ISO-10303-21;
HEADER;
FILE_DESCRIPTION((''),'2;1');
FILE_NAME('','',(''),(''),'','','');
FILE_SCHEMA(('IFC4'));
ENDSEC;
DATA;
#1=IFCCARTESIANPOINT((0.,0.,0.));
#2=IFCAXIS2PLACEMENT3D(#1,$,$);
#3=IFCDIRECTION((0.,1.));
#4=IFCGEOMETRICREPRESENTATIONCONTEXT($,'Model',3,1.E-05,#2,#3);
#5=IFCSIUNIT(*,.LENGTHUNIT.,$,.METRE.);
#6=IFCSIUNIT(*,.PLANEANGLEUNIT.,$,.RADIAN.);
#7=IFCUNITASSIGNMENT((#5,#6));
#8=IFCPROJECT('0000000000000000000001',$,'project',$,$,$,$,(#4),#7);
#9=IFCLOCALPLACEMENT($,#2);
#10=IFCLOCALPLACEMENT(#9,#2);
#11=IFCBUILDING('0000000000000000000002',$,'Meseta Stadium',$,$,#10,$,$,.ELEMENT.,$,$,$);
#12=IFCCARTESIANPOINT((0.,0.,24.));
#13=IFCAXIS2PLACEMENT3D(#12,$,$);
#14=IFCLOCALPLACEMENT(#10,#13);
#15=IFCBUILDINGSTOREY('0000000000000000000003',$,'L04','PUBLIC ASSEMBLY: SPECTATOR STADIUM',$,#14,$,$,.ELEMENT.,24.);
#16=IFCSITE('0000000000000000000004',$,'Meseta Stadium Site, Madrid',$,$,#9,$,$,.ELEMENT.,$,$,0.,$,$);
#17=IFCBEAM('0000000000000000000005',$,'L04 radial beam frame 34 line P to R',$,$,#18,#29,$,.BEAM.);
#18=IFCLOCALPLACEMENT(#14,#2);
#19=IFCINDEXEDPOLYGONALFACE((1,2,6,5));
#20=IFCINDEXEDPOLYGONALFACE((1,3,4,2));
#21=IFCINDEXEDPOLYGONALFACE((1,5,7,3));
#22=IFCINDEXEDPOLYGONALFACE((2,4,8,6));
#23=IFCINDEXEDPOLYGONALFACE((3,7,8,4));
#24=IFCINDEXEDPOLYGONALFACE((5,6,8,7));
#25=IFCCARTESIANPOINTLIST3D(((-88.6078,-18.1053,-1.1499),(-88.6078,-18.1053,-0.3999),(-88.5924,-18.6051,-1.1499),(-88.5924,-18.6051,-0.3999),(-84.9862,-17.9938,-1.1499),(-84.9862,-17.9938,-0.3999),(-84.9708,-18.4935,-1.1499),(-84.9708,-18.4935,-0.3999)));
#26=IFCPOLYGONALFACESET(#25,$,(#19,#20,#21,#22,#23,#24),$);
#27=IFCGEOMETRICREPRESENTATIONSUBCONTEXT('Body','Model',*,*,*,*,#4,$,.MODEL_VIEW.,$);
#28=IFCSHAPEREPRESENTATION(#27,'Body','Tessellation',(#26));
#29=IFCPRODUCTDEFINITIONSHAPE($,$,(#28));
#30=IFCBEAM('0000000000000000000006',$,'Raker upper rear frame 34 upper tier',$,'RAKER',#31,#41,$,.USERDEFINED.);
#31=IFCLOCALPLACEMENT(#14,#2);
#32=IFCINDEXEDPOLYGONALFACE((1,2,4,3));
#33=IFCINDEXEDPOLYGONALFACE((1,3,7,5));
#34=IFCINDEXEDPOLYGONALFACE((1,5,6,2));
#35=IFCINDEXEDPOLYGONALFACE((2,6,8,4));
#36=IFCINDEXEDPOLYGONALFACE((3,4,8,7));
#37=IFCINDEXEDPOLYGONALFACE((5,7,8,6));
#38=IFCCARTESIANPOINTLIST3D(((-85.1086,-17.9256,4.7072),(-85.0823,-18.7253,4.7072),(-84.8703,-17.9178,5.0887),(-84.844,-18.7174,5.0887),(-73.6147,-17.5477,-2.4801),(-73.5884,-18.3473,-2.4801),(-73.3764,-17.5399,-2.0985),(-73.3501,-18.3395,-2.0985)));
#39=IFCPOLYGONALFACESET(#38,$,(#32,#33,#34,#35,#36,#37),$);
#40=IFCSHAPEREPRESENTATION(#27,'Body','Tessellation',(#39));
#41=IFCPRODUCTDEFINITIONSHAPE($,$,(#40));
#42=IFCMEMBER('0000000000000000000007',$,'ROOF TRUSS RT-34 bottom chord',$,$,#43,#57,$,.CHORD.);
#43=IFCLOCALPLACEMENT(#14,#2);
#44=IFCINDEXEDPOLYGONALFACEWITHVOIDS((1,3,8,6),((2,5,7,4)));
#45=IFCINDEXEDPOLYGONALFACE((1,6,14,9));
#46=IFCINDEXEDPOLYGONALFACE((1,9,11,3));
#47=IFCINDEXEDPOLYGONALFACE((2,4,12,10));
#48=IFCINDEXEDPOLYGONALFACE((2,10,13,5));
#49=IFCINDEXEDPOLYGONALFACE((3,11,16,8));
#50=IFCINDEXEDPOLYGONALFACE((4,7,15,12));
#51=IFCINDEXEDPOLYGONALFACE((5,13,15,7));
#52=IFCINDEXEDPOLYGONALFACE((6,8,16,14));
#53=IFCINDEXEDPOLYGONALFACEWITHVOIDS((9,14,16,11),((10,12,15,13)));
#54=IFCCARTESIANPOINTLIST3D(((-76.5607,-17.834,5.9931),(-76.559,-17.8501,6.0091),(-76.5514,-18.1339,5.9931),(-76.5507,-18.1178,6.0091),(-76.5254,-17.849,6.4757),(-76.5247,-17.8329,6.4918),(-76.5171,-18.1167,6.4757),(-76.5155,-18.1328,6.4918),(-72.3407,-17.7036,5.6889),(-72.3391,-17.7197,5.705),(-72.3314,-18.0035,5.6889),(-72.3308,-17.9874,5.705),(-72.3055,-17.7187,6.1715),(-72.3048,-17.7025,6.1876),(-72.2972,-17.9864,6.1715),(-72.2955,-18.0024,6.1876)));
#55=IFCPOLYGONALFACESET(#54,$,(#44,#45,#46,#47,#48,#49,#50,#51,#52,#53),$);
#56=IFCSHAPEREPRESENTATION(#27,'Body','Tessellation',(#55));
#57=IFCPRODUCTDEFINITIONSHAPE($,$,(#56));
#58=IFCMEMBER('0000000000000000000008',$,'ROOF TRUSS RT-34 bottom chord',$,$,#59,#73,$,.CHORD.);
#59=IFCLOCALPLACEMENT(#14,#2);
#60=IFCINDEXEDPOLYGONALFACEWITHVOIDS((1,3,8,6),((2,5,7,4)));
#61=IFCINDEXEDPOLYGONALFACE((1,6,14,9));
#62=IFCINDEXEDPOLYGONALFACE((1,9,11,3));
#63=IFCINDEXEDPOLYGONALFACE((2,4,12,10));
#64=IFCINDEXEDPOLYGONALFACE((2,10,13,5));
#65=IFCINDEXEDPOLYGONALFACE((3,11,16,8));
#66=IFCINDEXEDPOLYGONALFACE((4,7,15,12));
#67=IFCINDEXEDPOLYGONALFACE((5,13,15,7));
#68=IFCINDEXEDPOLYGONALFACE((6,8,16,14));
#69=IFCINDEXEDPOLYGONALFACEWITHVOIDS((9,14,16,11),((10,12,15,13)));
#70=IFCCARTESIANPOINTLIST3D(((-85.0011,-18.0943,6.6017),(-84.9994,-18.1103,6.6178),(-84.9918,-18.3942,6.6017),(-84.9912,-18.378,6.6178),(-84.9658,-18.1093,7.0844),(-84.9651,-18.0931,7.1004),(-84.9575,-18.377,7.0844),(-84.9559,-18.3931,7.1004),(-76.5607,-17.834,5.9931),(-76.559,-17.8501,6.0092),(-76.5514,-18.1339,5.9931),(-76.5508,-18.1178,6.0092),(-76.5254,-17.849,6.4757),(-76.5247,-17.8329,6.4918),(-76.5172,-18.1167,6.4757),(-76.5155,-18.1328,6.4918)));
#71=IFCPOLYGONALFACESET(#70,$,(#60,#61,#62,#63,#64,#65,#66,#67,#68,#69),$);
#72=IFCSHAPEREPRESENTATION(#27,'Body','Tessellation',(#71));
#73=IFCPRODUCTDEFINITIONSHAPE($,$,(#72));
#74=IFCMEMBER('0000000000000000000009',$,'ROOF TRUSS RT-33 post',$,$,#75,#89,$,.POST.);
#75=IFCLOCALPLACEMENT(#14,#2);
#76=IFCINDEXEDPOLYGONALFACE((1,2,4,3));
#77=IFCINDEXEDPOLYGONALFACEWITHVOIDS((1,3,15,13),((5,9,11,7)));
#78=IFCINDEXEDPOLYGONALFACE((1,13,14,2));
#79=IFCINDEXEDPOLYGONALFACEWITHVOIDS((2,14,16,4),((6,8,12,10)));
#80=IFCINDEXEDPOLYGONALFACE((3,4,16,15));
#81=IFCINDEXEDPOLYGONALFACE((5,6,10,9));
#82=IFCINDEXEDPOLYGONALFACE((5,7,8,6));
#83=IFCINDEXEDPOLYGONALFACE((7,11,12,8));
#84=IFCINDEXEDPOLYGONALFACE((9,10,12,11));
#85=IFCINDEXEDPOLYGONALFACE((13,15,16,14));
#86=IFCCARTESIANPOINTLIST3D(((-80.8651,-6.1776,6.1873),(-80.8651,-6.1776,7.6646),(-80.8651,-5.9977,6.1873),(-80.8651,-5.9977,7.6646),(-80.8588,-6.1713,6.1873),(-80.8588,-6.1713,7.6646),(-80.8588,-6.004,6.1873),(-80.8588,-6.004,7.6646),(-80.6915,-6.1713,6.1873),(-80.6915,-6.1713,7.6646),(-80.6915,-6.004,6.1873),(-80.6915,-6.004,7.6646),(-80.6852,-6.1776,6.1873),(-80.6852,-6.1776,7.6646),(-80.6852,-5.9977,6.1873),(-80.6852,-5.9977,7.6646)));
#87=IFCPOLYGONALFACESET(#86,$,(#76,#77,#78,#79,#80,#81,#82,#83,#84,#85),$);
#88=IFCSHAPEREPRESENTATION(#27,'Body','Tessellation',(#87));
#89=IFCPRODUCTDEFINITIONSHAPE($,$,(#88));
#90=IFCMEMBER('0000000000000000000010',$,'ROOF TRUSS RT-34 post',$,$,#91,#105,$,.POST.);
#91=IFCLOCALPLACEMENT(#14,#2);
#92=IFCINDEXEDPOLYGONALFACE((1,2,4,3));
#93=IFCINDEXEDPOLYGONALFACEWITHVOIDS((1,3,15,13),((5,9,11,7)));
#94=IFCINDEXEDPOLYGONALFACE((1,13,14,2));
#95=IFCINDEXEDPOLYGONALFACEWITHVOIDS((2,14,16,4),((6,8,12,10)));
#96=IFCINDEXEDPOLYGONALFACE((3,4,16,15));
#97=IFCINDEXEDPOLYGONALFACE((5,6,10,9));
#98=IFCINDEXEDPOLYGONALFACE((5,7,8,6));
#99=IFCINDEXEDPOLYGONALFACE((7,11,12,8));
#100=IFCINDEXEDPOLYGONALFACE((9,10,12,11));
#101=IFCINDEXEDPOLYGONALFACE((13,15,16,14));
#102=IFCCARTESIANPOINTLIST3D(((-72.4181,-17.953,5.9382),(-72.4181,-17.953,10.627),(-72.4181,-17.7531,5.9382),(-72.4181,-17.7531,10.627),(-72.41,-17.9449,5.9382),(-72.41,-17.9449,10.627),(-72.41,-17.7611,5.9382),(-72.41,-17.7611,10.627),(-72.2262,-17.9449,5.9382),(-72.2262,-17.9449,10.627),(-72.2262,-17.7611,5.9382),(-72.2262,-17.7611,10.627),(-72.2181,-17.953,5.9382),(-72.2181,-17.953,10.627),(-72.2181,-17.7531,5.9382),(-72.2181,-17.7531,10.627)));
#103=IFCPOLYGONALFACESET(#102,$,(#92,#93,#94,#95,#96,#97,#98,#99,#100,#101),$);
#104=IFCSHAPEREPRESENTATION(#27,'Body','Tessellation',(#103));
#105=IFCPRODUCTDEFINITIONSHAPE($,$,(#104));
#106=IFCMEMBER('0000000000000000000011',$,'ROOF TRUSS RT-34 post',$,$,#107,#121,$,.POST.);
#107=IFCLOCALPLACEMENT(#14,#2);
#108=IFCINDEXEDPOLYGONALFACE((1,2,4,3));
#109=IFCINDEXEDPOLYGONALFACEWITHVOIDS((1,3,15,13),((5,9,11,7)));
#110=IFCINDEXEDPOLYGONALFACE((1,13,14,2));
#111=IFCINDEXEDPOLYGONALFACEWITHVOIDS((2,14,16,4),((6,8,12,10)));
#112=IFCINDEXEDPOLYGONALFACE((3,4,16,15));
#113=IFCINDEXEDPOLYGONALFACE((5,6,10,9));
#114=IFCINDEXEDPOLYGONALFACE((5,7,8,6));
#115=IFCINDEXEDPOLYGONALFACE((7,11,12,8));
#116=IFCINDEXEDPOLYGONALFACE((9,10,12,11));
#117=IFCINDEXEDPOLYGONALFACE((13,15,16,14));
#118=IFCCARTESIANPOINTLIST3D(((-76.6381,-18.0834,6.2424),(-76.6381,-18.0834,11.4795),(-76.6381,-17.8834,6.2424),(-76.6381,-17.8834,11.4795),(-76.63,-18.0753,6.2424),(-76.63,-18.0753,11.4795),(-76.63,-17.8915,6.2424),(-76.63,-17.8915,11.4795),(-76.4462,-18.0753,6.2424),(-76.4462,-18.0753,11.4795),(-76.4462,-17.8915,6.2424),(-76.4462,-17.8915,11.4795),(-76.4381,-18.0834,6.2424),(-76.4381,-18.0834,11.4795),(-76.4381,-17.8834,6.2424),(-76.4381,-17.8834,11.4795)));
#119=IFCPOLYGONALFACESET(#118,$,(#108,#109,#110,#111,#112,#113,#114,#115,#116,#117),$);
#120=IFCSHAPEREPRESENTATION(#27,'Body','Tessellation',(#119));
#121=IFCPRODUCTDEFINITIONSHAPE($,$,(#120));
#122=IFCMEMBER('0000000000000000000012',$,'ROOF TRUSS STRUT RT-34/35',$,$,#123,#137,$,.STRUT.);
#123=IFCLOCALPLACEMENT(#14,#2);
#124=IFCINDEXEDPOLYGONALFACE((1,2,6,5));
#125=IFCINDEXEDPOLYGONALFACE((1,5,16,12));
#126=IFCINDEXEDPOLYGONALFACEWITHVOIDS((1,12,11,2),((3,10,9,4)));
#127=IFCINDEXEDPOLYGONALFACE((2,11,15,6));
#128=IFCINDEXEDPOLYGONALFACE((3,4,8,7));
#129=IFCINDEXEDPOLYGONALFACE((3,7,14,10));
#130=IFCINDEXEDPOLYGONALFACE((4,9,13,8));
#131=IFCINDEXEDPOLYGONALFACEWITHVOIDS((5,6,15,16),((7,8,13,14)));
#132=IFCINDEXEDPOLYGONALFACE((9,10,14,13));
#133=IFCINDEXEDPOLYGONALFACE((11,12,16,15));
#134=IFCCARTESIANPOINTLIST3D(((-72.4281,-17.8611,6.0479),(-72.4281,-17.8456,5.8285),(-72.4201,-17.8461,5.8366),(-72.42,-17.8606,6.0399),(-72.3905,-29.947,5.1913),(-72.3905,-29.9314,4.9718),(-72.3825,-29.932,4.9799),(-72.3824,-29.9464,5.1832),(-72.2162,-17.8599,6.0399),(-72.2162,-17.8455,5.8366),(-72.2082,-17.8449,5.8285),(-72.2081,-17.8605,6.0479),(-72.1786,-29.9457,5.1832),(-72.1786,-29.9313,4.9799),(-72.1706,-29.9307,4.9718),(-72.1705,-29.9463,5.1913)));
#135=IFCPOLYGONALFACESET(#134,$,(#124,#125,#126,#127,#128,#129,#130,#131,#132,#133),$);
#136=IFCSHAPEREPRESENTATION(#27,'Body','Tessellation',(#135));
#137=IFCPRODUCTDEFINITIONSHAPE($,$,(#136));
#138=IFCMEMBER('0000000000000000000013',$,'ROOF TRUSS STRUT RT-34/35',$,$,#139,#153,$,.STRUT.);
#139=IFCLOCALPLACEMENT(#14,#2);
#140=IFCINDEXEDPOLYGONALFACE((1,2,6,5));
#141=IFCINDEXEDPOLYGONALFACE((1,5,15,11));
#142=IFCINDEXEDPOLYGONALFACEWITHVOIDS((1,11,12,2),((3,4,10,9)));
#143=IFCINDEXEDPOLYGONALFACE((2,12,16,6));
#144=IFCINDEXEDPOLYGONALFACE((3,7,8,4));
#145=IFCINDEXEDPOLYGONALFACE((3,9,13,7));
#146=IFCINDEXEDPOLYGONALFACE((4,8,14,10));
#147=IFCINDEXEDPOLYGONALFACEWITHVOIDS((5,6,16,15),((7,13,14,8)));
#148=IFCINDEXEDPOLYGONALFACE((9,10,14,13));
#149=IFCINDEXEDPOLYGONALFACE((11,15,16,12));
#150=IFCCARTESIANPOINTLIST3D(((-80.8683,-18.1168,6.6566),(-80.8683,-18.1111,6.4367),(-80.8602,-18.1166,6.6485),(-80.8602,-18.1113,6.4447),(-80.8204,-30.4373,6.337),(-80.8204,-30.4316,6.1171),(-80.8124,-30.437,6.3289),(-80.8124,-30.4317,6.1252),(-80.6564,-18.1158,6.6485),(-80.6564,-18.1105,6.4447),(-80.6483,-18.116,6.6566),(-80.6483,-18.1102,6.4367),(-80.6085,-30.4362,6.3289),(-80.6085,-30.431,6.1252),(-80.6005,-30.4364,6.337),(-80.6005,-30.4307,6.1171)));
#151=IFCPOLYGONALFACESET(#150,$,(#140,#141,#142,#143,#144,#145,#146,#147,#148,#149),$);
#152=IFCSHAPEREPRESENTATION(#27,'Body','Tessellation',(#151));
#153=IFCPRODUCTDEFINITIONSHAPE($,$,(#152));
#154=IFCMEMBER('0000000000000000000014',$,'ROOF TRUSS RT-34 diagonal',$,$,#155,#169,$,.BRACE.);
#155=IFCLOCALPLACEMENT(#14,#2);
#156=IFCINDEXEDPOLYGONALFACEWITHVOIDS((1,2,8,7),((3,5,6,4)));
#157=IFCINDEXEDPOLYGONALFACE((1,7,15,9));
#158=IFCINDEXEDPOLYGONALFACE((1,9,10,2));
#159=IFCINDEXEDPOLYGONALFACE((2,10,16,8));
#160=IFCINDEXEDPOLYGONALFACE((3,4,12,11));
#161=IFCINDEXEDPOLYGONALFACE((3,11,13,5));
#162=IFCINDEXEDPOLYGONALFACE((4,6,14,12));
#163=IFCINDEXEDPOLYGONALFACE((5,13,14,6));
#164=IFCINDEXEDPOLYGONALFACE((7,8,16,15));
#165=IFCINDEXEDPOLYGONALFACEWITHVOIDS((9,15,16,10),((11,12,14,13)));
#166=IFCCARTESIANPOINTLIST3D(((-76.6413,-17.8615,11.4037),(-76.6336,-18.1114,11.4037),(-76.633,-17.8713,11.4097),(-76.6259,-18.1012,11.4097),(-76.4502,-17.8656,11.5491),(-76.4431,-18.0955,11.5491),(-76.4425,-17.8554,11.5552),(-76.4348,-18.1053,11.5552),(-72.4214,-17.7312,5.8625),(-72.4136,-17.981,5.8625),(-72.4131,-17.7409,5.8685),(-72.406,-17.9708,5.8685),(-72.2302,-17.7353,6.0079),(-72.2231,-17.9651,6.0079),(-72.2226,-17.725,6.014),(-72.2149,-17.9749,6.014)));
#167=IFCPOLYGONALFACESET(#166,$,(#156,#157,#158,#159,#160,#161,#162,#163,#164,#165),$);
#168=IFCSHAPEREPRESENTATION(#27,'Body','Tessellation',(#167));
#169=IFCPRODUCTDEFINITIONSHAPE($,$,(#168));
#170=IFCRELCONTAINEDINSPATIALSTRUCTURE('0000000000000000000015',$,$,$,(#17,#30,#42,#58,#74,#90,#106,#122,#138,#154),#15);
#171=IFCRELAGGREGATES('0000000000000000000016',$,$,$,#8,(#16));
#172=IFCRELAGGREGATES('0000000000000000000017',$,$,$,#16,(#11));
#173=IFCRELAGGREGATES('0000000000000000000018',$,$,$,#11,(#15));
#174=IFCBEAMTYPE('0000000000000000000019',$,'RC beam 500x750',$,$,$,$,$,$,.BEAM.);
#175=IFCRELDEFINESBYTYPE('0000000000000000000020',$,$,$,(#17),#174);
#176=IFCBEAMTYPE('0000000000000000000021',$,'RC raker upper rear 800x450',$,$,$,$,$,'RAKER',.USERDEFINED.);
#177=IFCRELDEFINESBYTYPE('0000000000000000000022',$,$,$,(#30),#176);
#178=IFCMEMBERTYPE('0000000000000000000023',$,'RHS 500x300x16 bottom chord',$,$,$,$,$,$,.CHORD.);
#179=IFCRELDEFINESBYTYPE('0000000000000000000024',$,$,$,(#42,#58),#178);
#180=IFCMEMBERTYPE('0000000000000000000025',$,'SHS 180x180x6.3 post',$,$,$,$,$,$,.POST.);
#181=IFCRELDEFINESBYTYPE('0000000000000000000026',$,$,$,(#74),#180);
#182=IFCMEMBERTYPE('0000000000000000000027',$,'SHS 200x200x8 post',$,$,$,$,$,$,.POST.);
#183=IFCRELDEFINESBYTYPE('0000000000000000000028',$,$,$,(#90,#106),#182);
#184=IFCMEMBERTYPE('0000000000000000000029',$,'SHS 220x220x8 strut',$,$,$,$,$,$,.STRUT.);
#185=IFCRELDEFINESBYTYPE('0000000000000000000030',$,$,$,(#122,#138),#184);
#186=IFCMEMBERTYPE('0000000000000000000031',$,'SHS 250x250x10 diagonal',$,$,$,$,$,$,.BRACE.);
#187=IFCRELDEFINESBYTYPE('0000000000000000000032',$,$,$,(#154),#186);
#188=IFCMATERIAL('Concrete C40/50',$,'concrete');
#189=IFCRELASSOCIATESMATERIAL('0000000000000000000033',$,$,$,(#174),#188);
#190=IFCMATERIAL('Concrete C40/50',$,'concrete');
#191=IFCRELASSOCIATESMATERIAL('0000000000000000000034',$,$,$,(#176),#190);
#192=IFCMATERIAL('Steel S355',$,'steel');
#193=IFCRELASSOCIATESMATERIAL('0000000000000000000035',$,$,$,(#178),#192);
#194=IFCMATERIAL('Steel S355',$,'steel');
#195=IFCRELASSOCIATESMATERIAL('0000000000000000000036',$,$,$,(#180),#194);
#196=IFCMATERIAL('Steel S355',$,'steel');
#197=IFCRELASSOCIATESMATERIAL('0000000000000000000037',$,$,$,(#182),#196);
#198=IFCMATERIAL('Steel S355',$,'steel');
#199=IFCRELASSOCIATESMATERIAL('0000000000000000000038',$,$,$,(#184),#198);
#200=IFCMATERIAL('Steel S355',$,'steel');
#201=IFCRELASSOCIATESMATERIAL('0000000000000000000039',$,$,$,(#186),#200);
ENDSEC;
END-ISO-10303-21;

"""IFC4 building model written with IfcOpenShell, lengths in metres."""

from ifc_helpers import new_model, si_unit, direction, frame, origin, origin_2d, place, context, subcontext, project, spatial, rectangle, hollow_rectangle, extrude, material, material_profile, profile_set, type_object, element, save


model = new_model("IFC4")

# Units and contexts
model_context = context("Model", 3, precision=1e-05, world=origin(), true_north=direction((0.0, 1.0)))
body_context = subcontext(model_context, "Body", "Model", "MODEL_VIEW")
ifc_project = project(units=[si_unit("LENGTHUNIT", "METRE"), si_unit("PLANEANGLEUNIT", "RADIAN")], contexts=[model_context])

# Site, building, storey
site_placement = place(None, origin())
site = spatial("IfcSite", under=ifc_project, at=site_placement, Name="Meseta Stadium Site, Madrid", CompositionType="ELEMENT", RefElevation=0.0)
building_placement = place(site_placement, origin())
building = spatial("IfcBuilding", under=site, at=building_placement, Name="Meseta Stadium", CompositionType="ELEMENT")
storey_placement = place(building_placement, frame((0.0, 0.0, 24.0)))
storey = spatial("IfcBuildingStorey", under=building, at=storey_placement, Name="L04", Description="PUBLIC ASSEMBLY: SPECTATOR STADIUM", CompositionType="ELEMENT", Elevation=24.0)

# Beams
ifc_material_1 = material(Name="Concrete C40/50", Category="concrete")
ifc_material_profile_1 = material_profile(ifc_material_1, rectangle(XDim=0.5, YDim=0.75, at=origin_2d()), Name="RC 500x750")
ifc_profile_set_1 = profile_set([ifc_material_profile_1], Name="Concrete C40/50")
beam_type_1 = type_object("IfcBeamType", Name="RC beam 500x750", PredefinedType="BEAM", material=ifc_profile_set_1)
beam_1_placement = place(storey_placement, frame((-84.9785, -18.2437, -0.7749), z_axis=(-0.999526, -0.030793, 0.0), x_axis=(0.030793, -0.999526, 0.0)))
element("IfcBeam", 1, at=beam_1_placement, inside=storey, type_object=beam_type_1, Name="L04 radial beam frame 34 line P to R", PredefinedType="BEAM", context=body_context, shape_type="SweptSolid", body=[
    extrude(rectangle(XDim=0.5, YDim=0.75, at=origin_2d()), origin(), (0.0, 0.0, 1.0), 3.6233),
])
ifc_material_2 = material(Name="Concrete C40/50", Category="concrete")
ifc_material_profile_2 = material_profile(ifc_material_2, rectangle(XDim=0.8, YDim=0.45, at=origin_2d()), Name="RC 800x450")
ifc_profile_set_2 = profile_set([ifc_material_profile_2], Name="Concrete C40/50")
beam_type_2 = type_object("IfcBeamType", Name="RC raker upper rear 800x450", ElementType="RAKER", PredefinedType="USERDEFINED", material=ifc_profile_set_2)
beam_2_placement = place(storey_placement, frame((-73.4824, -17.9436, -2.2893), z_axis=(-0.847551, -0.027868, 0.529982), x_axis=(0.032863, -0.99946, 0.0)))
element("IfcBeam", 2, at=beam_2_placement, inside=storey, type_object=beam_type_2, Name="Raker upper rear frame 34 upper tier", ObjectType="RAKER", PredefinedType="USERDEFINED", context=body_context, shape_type="SweptSolid", body=[
    extrude(rectangle(XDim=0.8, YDim=0.45, at=origin_2d()), origin(), (0.0, 0.0, 1.0), 13.5613),
])

# Members
ifc_material_3 = material(Name="Steel S355", Category="steel")
ifc_material_profile_3 = material_profile(ifc_material_3, hollow_rectangle(XDim=0.3, YDim=0.5, WallThickness=0.0161, at=origin_2d()), Name="RHS 500x300x16")
ifc_profile_set_3 = profile_set([ifc_material_profile_3], Name="Steel S355")
member_type_1 = type_object("IfcMemberType", Name="RHS 500x300x16 bottom chord", PredefinedType="CHORD", material=ifc_profile_set_3)
member_1_placement = place(storey_placement, frame((-72.3181, -17.853, 5.9382), z_axis=(-0.996939, -0.030799, 0.071865), x_axis=(0.030879, -0.999523, 0.0)))
element("IfcMember", 3, at=member_1_placement, inside=storey, type_object=member_type_1, Name="ROOF TRUSS RT-34 bottom chord", PredefinedType="CHORD", context=body_context, shape_type="SweptSolid", body=[
    extrude(hollow_rectangle(XDim=0.3, YDim=0.5, WallThickness=0.0161, at=origin_2d()), origin(), (0.0, 0.0, 1.0), 4.2329),
])
member_2_placement = place(storey_placement, frame((-76.5381, -17.9834, 6.2424), z_axis=(-0.996939, -0.03074, 0.07189), x_axis=(0.03082, -0.999525, 0.0)))
element("IfcMember", 4, at=member_2_placement, inside=storey, type_object=member_type_1, Name="ROOF TRUSS RT-34 bottom chord", PredefinedType="CHORD", context=body_context, shape_type="SweptSolid", body=[
    extrude(hollow_rectangle(XDim=0.3, YDim=0.5, WallThickness=0.0161, at=origin_2d()), origin(), (0.0, 0.0, 1.0), 8.4663),
])
ifc_material_4 = material(Name="Steel S355", Category="steel")
ifc_material_profile_4 = material_profile(ifc_material_4, hollow_rectangle(XDim=0.1799, YDim=0.1799, WallThickness=0.0063, at=origin_2d()), Name="SHS 180x180x6.3")
ifc_profile_set_4 = profile_set([ifc_material_profile_4], Name="Steel S355")
member_type_2 = type_object("IfcMemberType", Name="SHS 180x180x6.3 post", PredefinedType="POST", material=ifc_profile_set_4)
member_3_placement = place(storey_placement, frame((-80.7751, -6.0876, 6.1873), z_axis=(0.0, 0.0, 1.0), x_axis=(1.0, 0.0, 0.0)))
element("IfcMember", 5, at=member_3_placement, inside=storey, type_object=member_type_2, Name="ROOF TRUSS RT-33 post", PredefinedType="POST", context=body_context, shape_type="SweptSolid", body=[
    extrude(hollow_rectangle(XDim=0.1799, YDim=0.1799, WallThickness=0.0063, at=origin_2d()), origin(), (0.0, 0.0, 1.0), 1.4773),
])
ifc_material_5 = material(Name="Steel S355", Category="steel")
ifc_material_profile_5 = material_profile(ifc_material_5, hollow_rectangle(XDim=0.2, YDim=0.2, WallThickness=0.0081, at=origin_2d()), Name="SHS 200x200x8")
ifc_profile_set_5 = profile_set([ifc_material_profile_5], Name="Steel S355")
member_type_3 = type_object("IfcMemberType", Name="SHS 200x200x8 post", PredefinedType="POST", material=ifc_profile_set_5)
member_4_placement = place(storey_placement, frame((-72.3181, -17.853, 5.9382), z_axis=(0.0, 0.0, 1.0), x_axis=(1.0, 0.0, 0.0)))
element("IfcMember", 6, at=member_4_placement, inside=storey, type_object=member_type_3, Name="ROOF TRUSS RT-34 post", PredefinedType="POST", context=body_context, shape_type="SweptSolid", body=[
    extrude(hollow_rectangle(XDim=0.2, YDim=0.2, WallThickness=0.0081, at=origin_2d()), origin(), (0.0, 0.0, 1.0), 4.6887),
])
member_5_placement = place(storey_placement, frame((-76.5381, -17.9834, 6.2424), z_axis=(0.0, 0.0, 1.0), x_axis=(1.0, 0.0, 0.0)))
element("IfcMember", 7, at=member_5_placement, inside=storey, type_object=member_type_3, Name="ROOF TRUSS RT-34 post", PredefinedType="POST", context=body_context, shape_type="SweptSolid", body=[
    extrude(hollow_rectangle(XDim=0.2, YDim=0.2, WallThickness=0.0081, at=origin_2d()), origin(), (0.0, 0.0, 1.0), 5.2371),
])
ifc_material_6 = material(Name="Steel S355", Category="steel")
ifc_material_profile_6 = material_profile(ifc_material_6, hollow_rectangle(XDim=0.22, YDim=0.22, WallThickness=0.0081, at=origin_2d()), Name="SHS 220x220x8")
ifc_profile_set_6 = profile_set([ifc_material_profile_6], Name="Steel S355")
member_type_4 = type_object("IfcMemberType", Name="SHS 220x220x8 strut", PredefinedType="STRUT", material=ifc_profile_set_6)
member_6_placement = place(storey_placement, frame((-72.3181, -17.853, 5.9382), z_axis=(0.003103, -0.997492, -0.070705), x_axis=(0.999995, 0.003111, 0.0)))
element("IfcMember", 8, at=member_6_placement, inside=storey, type_object=member_type_4, Name="ROOF TRUSS STRUT RT-34/35", PredefinedType="STRUT", context=body_context, shape_type="SweptSolid", body=[
    extrude(hollow_rectangle(XDim=0.22, YDim=0.22, WallThickness=0.0081, at=origin_2d()), origin(), (0.0, 0.0, 1.0), 12.1162),
])
member_7_placement = place(storey_placement, frame((-80.7583, -18.1135, 6.5466), z_axis=(0.003883, -0.999656, -0.02593), x_axis=(0.999992, 0.003884, 0.0)))
element("IfcMember", 9, at=member_7_placement, inside=storey, type_object=member_type_4, Name="ROOF TRUSS STRUT RT-34/35", PredefinedType="STRUT", context=body_context, shape_type="SweptSolid", body=[
    extrude(hollow_rectangle(XDim=0.22, YDim=0.22, WallThickness=0.0081, at=origin_2d()), origin(), (0.0, 0.0, 1.0), 12.3247),
])
ifc_material_7 = material(Name="Steel S355", Category="steel")
ifc_material_profile_7 = material_profile(ifc_material_7, hollow_rectangle(XDim=0.25, YDim=0.25, WallThickness=0.01, at=origin_2d()), Name="SHS 250x250x10")
ifc_profile_set_7 = profile_set([ifc_material_profile_7], Name="Steel S355")
member_type_5 = type_object("IfcMemberType", Name="SHS 250x250x10 diagonal", PredefinedType="BRACE", material=ifc_profile_set_7)
member_8_placement = place(storey_placement, frame((-72.3181, -17.853, 5.9382), z_axis=(-0.605761, -0.018714, 0.795427), x_axis=(0.030879, -0.999523, 0.0)))
element("IfcMember", 10, at=member_8_placement, inside=storey, type_object=member_type_5, Name="ROOF TRUSS RT-34 diagonal", PredefinedType="BRACE", context=body_context, shape_type="SweptSolid", body=[
    extrude(hollow_rectangle(XDim=0.25, YDim=0.25, WallThickness=0.01, at=origin_2d()), origin(), (0.0, 0.0, 1.0), 6.9663),
])

save(model, "model.ifc")
